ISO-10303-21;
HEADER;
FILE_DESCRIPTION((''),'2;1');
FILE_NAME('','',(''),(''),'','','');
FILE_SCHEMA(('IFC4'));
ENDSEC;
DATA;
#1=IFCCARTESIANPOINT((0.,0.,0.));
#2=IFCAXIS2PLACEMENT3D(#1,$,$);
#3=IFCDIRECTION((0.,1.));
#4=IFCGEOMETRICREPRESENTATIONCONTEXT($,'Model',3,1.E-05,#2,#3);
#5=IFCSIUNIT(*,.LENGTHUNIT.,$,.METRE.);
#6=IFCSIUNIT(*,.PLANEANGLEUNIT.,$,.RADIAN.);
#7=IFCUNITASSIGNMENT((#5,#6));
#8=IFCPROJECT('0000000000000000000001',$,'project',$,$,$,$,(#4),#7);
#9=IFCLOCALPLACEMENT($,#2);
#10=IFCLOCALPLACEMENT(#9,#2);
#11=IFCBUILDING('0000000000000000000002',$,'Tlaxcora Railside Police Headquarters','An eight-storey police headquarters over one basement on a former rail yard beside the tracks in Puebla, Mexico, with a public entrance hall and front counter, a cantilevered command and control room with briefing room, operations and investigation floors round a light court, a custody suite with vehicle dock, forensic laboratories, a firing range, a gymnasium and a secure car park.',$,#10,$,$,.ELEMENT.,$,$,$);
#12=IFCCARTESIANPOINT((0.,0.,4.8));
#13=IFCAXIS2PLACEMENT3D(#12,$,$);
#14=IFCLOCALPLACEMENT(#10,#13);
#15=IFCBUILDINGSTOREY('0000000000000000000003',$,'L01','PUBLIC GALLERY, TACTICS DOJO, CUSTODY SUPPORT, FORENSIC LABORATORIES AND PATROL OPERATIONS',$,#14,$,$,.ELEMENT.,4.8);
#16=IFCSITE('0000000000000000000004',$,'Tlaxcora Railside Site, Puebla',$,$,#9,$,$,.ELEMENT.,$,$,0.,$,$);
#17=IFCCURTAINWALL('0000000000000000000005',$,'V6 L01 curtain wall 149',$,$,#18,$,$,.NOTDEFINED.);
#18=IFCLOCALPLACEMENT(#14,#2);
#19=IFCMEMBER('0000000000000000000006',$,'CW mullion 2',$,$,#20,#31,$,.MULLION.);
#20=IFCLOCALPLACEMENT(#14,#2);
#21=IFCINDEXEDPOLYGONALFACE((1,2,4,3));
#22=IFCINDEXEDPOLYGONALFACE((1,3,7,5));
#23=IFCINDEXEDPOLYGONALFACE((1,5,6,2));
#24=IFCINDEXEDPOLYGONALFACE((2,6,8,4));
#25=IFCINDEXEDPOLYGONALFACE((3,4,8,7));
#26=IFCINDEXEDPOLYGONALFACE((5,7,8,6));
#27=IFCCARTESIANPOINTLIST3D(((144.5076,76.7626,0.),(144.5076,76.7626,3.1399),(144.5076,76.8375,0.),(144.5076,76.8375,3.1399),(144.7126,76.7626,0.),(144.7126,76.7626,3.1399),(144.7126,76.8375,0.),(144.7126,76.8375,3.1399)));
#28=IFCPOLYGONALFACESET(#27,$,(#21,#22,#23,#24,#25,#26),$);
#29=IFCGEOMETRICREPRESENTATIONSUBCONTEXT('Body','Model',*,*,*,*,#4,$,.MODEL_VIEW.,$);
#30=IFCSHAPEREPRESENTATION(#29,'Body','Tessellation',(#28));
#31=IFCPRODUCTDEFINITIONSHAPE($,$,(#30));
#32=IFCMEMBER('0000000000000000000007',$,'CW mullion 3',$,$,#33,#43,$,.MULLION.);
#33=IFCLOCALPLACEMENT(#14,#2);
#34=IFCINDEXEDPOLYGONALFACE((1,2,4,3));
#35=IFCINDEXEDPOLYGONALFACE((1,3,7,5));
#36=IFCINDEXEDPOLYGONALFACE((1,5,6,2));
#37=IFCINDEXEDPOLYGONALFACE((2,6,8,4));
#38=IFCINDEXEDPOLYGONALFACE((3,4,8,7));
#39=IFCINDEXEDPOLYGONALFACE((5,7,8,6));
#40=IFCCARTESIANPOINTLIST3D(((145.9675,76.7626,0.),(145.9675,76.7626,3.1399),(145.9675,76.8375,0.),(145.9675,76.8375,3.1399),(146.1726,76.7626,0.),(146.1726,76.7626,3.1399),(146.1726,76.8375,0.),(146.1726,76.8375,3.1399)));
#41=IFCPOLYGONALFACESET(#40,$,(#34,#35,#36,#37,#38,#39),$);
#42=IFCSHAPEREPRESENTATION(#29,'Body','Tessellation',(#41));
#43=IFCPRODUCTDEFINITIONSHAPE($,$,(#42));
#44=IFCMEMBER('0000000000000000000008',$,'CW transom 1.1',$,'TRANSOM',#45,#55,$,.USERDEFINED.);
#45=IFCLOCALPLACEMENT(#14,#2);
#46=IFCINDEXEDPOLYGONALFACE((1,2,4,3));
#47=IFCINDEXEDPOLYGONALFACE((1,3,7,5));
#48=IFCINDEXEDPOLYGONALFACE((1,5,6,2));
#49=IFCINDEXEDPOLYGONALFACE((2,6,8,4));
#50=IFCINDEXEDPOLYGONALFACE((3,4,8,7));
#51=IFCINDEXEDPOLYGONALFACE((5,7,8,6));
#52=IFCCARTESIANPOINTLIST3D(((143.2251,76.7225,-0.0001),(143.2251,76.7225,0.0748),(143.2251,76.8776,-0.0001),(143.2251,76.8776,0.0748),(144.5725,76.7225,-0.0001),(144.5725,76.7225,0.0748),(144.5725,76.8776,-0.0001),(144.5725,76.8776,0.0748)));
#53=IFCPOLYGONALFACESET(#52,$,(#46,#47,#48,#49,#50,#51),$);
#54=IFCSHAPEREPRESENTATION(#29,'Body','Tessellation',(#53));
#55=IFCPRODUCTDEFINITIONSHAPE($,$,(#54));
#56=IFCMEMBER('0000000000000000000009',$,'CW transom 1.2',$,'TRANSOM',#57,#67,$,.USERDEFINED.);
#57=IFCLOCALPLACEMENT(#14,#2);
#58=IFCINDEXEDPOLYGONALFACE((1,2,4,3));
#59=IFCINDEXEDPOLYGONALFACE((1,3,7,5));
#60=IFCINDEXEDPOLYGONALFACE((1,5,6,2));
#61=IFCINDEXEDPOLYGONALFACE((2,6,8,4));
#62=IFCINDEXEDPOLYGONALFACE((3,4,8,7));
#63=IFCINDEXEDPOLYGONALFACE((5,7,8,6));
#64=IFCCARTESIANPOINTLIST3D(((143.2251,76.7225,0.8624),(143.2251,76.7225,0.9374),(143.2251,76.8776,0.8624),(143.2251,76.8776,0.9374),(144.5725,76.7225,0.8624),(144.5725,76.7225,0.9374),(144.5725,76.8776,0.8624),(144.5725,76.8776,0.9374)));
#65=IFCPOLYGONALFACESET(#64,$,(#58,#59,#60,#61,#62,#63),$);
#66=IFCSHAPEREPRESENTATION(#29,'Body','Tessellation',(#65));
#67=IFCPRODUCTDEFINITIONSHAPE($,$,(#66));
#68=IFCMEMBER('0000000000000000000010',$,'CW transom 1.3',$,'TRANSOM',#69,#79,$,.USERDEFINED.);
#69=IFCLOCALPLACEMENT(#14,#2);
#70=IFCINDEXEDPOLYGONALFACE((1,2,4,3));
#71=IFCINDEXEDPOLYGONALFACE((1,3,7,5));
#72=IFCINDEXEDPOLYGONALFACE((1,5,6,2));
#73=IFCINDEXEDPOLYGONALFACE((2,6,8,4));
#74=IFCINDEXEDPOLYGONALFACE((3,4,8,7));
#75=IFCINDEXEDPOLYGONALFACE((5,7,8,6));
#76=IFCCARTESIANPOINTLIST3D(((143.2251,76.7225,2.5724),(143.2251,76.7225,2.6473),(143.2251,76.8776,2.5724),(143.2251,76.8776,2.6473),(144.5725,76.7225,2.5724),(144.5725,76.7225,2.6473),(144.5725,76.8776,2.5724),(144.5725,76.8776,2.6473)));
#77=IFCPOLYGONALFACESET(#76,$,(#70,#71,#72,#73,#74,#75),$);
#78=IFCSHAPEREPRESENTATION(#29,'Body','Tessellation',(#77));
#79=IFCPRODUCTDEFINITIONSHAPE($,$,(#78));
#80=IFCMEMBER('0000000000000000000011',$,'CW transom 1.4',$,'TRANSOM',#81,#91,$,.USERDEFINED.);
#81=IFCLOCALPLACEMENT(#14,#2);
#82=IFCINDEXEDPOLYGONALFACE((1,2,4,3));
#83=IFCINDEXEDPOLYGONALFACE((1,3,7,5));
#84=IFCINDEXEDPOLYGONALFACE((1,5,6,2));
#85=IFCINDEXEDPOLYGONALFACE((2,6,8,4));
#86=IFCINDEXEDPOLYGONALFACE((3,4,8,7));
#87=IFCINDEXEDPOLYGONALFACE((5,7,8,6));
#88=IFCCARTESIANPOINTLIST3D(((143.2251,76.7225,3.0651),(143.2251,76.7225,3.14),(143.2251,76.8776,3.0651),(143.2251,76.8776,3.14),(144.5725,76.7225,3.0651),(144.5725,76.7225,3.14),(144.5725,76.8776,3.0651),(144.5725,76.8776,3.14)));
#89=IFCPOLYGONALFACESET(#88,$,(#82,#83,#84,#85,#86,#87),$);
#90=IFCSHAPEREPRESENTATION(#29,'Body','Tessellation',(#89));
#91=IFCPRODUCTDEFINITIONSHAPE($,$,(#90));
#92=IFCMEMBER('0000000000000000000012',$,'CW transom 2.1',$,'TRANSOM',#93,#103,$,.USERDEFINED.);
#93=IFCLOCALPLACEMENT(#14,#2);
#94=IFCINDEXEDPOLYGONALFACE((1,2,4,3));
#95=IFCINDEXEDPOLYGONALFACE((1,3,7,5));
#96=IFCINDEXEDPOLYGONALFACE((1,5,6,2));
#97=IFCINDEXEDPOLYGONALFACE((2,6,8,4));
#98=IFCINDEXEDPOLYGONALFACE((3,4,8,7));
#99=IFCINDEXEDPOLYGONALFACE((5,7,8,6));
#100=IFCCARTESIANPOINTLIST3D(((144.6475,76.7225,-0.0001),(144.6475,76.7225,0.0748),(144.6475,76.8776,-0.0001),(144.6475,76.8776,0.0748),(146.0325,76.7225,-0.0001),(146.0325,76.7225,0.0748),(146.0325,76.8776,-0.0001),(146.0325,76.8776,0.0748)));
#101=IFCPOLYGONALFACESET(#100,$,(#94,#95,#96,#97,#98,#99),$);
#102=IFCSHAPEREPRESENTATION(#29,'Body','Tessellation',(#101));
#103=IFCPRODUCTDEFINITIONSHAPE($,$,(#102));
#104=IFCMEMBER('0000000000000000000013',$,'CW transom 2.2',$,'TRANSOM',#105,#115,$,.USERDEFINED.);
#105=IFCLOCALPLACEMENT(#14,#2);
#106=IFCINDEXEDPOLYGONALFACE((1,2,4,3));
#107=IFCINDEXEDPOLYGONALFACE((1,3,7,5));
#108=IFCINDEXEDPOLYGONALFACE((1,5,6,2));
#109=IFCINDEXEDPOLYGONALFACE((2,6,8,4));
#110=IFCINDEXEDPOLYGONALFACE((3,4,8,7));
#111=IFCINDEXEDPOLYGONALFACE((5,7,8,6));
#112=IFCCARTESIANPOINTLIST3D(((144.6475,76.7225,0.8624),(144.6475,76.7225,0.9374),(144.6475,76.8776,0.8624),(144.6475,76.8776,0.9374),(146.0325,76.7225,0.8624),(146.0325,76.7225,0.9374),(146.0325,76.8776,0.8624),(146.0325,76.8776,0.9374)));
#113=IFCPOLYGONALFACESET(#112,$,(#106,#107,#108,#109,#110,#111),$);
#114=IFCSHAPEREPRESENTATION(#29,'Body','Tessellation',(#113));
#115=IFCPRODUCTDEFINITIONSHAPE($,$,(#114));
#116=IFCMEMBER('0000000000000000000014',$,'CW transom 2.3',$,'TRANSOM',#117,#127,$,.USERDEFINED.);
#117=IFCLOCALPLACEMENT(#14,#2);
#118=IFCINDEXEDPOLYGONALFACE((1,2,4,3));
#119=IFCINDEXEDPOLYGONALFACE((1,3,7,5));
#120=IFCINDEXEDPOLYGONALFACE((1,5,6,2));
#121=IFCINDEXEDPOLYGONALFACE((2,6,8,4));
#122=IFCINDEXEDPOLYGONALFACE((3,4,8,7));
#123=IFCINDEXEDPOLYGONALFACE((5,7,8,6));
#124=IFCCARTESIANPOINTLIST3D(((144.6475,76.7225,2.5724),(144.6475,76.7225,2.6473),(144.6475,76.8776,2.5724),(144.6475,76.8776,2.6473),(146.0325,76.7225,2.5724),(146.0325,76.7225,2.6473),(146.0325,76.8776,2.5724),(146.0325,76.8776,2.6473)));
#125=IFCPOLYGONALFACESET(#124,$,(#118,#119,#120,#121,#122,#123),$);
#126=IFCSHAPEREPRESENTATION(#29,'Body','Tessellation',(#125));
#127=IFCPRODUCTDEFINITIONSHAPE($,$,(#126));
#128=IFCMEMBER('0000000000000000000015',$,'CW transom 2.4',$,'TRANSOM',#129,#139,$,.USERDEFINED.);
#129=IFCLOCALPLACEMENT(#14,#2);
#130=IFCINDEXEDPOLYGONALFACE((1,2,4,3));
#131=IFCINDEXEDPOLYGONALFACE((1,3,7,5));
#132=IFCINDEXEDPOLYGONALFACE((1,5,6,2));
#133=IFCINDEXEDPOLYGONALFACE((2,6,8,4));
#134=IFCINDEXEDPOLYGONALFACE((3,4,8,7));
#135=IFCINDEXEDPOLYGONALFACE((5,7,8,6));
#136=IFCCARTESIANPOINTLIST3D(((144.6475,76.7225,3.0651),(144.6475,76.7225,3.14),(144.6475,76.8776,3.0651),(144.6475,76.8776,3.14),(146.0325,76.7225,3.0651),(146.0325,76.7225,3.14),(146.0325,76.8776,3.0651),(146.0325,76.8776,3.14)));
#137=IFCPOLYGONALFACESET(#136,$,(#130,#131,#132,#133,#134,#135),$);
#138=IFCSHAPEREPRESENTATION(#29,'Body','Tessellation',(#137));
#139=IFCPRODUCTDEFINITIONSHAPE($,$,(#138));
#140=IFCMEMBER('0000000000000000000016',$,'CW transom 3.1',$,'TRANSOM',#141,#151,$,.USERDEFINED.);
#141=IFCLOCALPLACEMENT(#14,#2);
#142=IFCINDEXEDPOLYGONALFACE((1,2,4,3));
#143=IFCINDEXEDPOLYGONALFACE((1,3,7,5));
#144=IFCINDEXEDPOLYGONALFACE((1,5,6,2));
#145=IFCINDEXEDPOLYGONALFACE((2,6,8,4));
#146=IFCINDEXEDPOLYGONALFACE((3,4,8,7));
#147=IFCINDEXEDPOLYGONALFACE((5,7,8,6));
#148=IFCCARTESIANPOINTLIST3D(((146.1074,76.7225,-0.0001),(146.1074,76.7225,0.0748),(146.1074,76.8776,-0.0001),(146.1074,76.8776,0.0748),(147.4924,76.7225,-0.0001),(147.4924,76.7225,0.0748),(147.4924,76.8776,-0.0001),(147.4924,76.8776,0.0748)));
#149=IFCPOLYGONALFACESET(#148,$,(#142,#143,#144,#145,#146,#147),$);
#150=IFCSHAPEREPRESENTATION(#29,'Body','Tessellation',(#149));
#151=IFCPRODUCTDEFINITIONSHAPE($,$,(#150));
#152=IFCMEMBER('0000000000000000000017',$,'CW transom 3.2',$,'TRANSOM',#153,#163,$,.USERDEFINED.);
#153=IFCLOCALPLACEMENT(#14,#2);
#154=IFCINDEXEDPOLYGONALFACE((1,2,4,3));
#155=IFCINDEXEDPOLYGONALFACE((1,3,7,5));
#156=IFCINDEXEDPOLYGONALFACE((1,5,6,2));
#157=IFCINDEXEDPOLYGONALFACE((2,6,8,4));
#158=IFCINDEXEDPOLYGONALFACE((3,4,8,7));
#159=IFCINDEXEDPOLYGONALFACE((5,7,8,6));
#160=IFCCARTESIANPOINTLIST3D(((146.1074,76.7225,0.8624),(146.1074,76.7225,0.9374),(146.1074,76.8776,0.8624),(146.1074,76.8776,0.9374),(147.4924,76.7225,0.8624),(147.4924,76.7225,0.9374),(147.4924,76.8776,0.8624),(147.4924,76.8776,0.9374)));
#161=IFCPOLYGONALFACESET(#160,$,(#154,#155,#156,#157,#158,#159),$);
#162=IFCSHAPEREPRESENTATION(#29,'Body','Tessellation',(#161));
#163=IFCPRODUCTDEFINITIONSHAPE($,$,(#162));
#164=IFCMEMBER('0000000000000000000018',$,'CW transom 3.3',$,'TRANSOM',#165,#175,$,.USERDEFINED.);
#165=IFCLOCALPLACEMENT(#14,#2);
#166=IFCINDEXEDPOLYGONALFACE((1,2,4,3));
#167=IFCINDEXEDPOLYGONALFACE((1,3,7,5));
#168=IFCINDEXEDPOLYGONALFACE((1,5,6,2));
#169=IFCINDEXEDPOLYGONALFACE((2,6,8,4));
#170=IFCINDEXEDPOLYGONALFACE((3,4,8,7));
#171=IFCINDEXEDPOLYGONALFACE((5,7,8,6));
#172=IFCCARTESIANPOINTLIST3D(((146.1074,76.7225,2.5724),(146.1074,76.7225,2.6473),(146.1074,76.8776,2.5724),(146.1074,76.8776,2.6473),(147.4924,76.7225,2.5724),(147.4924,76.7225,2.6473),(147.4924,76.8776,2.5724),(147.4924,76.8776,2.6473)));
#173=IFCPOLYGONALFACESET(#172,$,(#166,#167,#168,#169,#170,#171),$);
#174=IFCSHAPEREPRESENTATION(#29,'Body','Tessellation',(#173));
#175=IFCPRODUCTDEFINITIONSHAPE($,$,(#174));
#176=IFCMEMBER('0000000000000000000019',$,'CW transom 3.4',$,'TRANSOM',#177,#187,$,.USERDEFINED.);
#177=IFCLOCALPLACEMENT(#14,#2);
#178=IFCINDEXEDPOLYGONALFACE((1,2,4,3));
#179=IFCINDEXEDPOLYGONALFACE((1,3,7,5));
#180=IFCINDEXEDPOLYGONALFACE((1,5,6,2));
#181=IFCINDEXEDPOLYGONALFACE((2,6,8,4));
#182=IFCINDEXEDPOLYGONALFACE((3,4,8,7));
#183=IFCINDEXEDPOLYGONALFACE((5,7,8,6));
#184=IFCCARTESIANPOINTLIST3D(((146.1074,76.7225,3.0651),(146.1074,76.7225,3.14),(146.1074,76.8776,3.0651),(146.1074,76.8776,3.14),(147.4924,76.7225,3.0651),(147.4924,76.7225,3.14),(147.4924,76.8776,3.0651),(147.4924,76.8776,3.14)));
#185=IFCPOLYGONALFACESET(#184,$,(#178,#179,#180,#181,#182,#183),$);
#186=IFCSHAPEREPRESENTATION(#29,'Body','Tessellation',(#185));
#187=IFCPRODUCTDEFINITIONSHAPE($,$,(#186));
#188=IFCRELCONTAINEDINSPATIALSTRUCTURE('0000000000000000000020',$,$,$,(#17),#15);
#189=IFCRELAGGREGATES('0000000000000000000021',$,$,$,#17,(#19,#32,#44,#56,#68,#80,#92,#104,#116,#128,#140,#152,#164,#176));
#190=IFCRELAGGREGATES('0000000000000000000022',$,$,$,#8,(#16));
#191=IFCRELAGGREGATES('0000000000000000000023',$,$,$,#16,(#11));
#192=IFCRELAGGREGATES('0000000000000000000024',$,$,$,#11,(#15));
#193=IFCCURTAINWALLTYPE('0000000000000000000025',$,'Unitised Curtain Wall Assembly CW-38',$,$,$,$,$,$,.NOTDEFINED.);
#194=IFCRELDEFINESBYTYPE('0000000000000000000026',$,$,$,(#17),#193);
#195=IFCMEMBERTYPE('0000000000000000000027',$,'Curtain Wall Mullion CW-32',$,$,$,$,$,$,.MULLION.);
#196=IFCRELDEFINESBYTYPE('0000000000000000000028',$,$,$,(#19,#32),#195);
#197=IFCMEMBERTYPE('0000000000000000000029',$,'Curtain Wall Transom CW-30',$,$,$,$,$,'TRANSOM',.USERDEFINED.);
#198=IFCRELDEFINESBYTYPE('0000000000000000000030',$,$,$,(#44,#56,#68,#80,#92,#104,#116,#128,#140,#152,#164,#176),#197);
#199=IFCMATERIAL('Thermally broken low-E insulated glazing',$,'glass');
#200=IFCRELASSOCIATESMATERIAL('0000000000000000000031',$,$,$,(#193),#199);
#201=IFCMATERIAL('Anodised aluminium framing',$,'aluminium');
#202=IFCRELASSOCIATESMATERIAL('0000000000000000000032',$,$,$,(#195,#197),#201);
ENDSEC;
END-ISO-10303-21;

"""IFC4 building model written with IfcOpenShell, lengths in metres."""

from ifc_helpers import new_model, si_unit, direction, frame, origin, origin_2d, place, context, subcontext, project, spatial, rectangle, extrude, material, material_profile, profile_set, type_object, element, aggregate, save


model = new_model("IFC4")

# Units and contexts
model_context = context("Model", 3, precision=1e-05, world=origin(), true_north=direction((0.0, 1.0)))
body_context = subcontext(model_context, "Body", "Model", "MODEL_VIEW")
ifc_project = project(units=[si_unit("LENGTHUNIT", "METRE"), si_unit("PLANEANGLEUNIT", "RADIAN")], contexts=[model_context])

# Site, building, storey
site_placement = place(None, origin())
site = spatial("IfcSite", under=ifc_project, at=site_placement, Name="Tlaxcora Railside Site, Puebla", CompositionType="ELEMENT", RefElevation=0.0)
building_placement = place(site_placement, origin())
building = spatial("IfcBuilding", under=site, at=building_placement, Name="Tlaxcora Railside Police Headquarters", Description="An eight-storey police headquarters over one basement on a former rail yard beside the tracks in Puebla, Mexico, with a public entrance hall and front counter, a cantilevered command and control room with briefing room, operations and investigation floors round a light court, a custody suite with vehicle dock, forensic laboratories, a firing range, a gymnasium and a secure car park.", CompositionType="ELEMENT")
storey_placement = place(building_placement, frame((0.0, 0.0, 4.8)))
storey = spatial("IfcBuildingStorey", under=building, at=storey_placement, Name="L01", Description="PUBLIC GALLERY, TACTICS DOJO, CUSTODY SUPPORT, FORENSIC LABORATORIES AND PATROL OPERATIONS", CompositionType="ELEMENT", Elevation=4.8)

# Curtain wall, members
ifc_material_1 = material(Name="Thermally broken low-E insulated glazing", Category="glass")
curtain_wall_type = type_object("IfcCurtainWallType", Name="Unitised Curtain Wall Assembly CW-38", PredefinedType="NOTDEFINED", material=ifc_material_1)
curtain_wall_placement = place(storey_placement, origin())
curtain_wall = element("IfcCurtainWall", 1, at=curtain_wall_placement, inside=storey, type_object=curtain_wall_type, Name="V6 L01 curtain wall 149", PredefinedType="NOTDEFINED")
ifc_material_2 = material(Name="Anodised aluminium framing", Category="aluminium")
ifc_material_profile_1 = material_profile(ifc_material_2, rectangle(XDim=0.075, YDim=0.2051, at=origin_2d()), Name="AL75X205")
ifc_profile_set_1 = profile_set([ifc_material_profile_1], Name="Anodised aluminium framing")
member_type_1 = type_object("IfcMemberType", Name="Curtain Wall Mullion CW-32", PredefinedType="MULLION", material=ifc_profile_set_1)
member_1_placement = place(storey_placement, frame((144.6101, 76.8, 0.0), z_axis=(0.0, 0.0, 1.0), x_axis=(0.0, 1.0, 0.0)))
member_1 = element("IfcMember", 2, at=member_1_placement, type_object=member_type_1, Name="CW mullion 2", PredefinedType="MULLION", context=body_context, shape_type="SweptSolid", body=[
    extrude(rectangle(XDim=0.075, YDim=0.2051, at=origin_2d()), origin(), (0.0, 0.0, 1.0), 3.1399),
])
member_2_placement = place(storey_placement, frame((146.0701, 76.8, 0.0), z_axis=(0.0, 0.0, 1.0), x_axis=(0.0, 1.0, 0.0)))
member_2 = element("IfcMember", 3, at=member_2_placement, type_object=member_type_1, Name="CW mullion 3", PredefinedType="MULLION", context=body_context, shape_type="SweptSolid", body=[
    extrude(rectangle(XDim=0.075, YDim=0.2051, at=origin_2d()), origin(), (0.0, 0.0, 1.0), 3.1399),
])
ifc_material_profile_2 = material_profile(ifc_material_2, rectangle(XDim=0.155, YDim=0.075, at=origin_2d()), Name="AL75X155")
ifc_profile_set_2 = profile_set([ifc_material_profile_2], Name="Anodised aluminium framing")
member_type_2 = type_object("IfcMemberType", Name="Curtain Wall Transom CW-30", ElementType="TRANSOM", PredefinedType="USERDEFINED", material=ifc_profile_set_2)
member_3_placement = place(storey_placement, frame((143.2251, 76.8, 0.0374), z_axis=(1.0, 0.0, 0.0), x_axis=(0.0, 1.0, 0.0)))
member_3 = element("IfcMember", 4, at=member_3_placement, type_object=member_type_2, Name="CW transom 1.1", ObjectType="TRANSOM", PredefinedType="USERDEFINED", context=body_context, shape_type="SweptSolid", body=[
    extrude(rectangle(XDim=0.155, YDim=0.075, at=origin_2d()), origin(), (0.0, 0.0, 1.0), 1.3474),
])
member_4_placement = place(storey_placement, frame((143.2251, 76.8, 0.8999), z_axis=(1.0, 0.0, 0.0), x_axis=(0.0, 1.0, 0.0)))
member_4 = element("IfcMember", 5, at=member_4_placement, type_object=member_type_2, Name="CW transom 1.2", ObjectType="TRANSOM", PredefinedType="USERDEFINED", context=body_context, shape_type="SweptSolid", body=[
    extrude(rectangle(XDim=0.155, YDim=0.075, at=origin_2d()), origin(), (0.0, 0.0, 1.0), 1.3474),
])
member_5_placement = place(storey_placement, frame((143.2251, 76.8, 2.6099), z_axis=(1.0, 0.0, 0.0), x_axis=(0.0, 1.0, 0.0)))
member_5 = element("IfcMember", 6, at=member_5_placement, type_object=member_type_2, Name="CW transom 1.3", ObjectType="TRANSOM", PredefinedType="USERDEFINED", context=body_context, shape_type="SweptSolid", body=[
    extrude(rectangle(XDim=0.155, YDim=0.075, at=origin_2d()), origin(), (0.0, 0.0, 1.0), 1.3474),
])
member_6_placement = place(storey_placement, frame((143.2251, 76.8, 3.1025), z_axis=(1.0, 0.0, 0.0), x_axis=(0.0, 1.0, 0.0)))
member_6 = element("IfcMember", 7, at=member_6_placement, type_object=member_type_2, Name="CW transom 1.4", ObjectType="TRANSOM", PredefinedType="USERDEFINED", context=body_context, shape_type="SweptSolid", body=[
    extrude(rectangle(XDim=0.155, YDim=0.075, at=origin_2d()), origin(), (0.0, 0.0, 1.0), 1.3474),
])
member_7_placement = place(storey_placement, frame((144.6475, 76.8, 0.0374), z_axis=(1.0, 0.0, 0.0), x_axis=(0.0, 1.0, 0.0)))
member_7 = element("IfcMember", 8, at=member_7_placement, type_object=member_type_2, Name="CW transom 2.1", ObjectType="TRANSOM", PredefinedType="USERDEFINED", context=body_context, shape_type="SweptSolid", body=[
    extrude(rectangle(XDim=0.155, YDim=0.075, at=origin_2d()), origin(), (0.0, 0.0, 1.0), 1.385),
])
member_8_placement = place(storey_placement, frame((144.6475, 76.8, 0.8999), z_axis=(1.0, 0.0, 0.0), x_axis=(0.0, 1.0, 0.0)))
member_8 = element("IfcMember", 9, at=member_8_placement, type_object=member_type_2, Name="CW transom 2.2", ObjectType="TRANSOM", PredefinedType="USERDEFINED", context=body_context, shape_type="SweptSolid", body=[
    extrude(rectangle(XDim=0.155, YDim=0.075, at=origin_2d()), origin(), (0.0, 0.0, 1.0), 1.385),
])
member_9_placement = place(storey_placement, frame((144.6475, 76.8, 2.6099), z_axis=(1.0, 0.0, 0.0), x_axis=(0.0, 1.0, 0.0)))
member_9 = element("IfcMember", 10, at=member_9_placement, type_object=member_type_2, Name="CW transom 2.3", ObjectType="TRANSOM", PredefinedType="USERDEFINED", context=body_context, shape_type="SweptSolid", body=[
    extrude(rectangle(XDim=0.155, YDim=0.075, at=origin_2d()), origin(), (0.0, 0.0, 1.0), 1.385),
])
member_10_placement = place(storey_placement, frame((144.6475, 76.8, 3.1025), z_axis=(1.0, 0.0, 0.0), x_axis=(0.0, 1.0, 0.0)))
member_10 = element("IfcMember", 11, at=member_10_placement, type_object=member_type_2, Name="CW transom 2.4", ObjectType="TRANSOM", PredefinedType="USERDEFINED", context=body_context, shape_type="SweptSolid", body=[
    extrude(rectangle(XDim=0.155, YDim=0.075, at=origin_2d()), origin(), (0.0, 0.0, 1.0), 1.385),
])
member_11_placement = place(storey_placement, frame((146.1074, 76.8, 0.0374), z_axis=(1.0, 0.0, 0.0), x_axis=(0.0, 1.0, 0.0)))
member_11 = element("IfcMember", 12, at=member_11_placement, type_object=member_type_2, Name="CW transom 3.1", ObjectType="TRANSOM", PredefinedType="USERDEFINED", context=body_context, shape_type="SweptSolid", body=[
    extrude(rectangle(XDim=0.155, YDim=0.075, at=origin_2d()), origin(), (0.0, 0.0, 1.0), 1.385),
])
member_12_placement = place(storey_placement, frame((146.1074, 76.8, 0.8999), z_axis=(1.0, 0.0, 0.0), x_axis=(0.0, 1.0, 0.0)))
member_12 = element("IfcMember", 13, at=member_12_placement, type_object=member_type_2, Name="CW transom 3.2", ObjectType="TRANSOM", PredefinedType="USERDEFINED", context=body_context, shape_type="SweptSolid", body=[
    extrude(rectangle(XDim=0.155, YDim=0.075, at=origin_2d()), origin(), (0.0, 0.0, 1.0), 1.385),
])
member_13_placement = place(storey_placement, frame((146.1074, 76.8, 2.6099), z_axis=(1.0, 0.0, 0.0), x_axis=(0.0, 1.0, 0.0)))
member_13 = element("IfcMember", 14, at=member_13_placement, type_object=member_type_2, Name="CW transom 3.3", ObjectType="TRANSOM", PredefinedType="USERDEFINED", context=body_context, shape_type="SweptSolid", body=[
    extrude(rectangle(XDim=0.155, YDim=0.075, at=origin_2d()), origin(), (0.0, 0.0, 1.0), 1.385),
])
member_14_placement = place(storey_placement, frame((146.1074, 76.8, 3.1025), z_axis=(1.0, 0.0, 0.0), x_axis=(0.0, 1.0, 0.0)))
member_14 = element("IfcMember", 15, at=member_14_placement, type_object=member_type_2, Name="CW transom 3.4", ObjectType="TRANSOM", PredefinedType="USERDEFINED", context=body_context, shape_type="SweptSolid", body=[
    extrude(rectangle(XDim=0.155, YDim=0.075, at=origin_2d()), origin(), (0.0, 0.0, 1.0), 1.385),
])
aggregate(curtain_wall, [member_1, member_2, member_3, member_4, member_5, member_6, member_7, member_8, member_9, member_10, member_11, member_12, member_13, member_14])

save(model, "model.ifc")
